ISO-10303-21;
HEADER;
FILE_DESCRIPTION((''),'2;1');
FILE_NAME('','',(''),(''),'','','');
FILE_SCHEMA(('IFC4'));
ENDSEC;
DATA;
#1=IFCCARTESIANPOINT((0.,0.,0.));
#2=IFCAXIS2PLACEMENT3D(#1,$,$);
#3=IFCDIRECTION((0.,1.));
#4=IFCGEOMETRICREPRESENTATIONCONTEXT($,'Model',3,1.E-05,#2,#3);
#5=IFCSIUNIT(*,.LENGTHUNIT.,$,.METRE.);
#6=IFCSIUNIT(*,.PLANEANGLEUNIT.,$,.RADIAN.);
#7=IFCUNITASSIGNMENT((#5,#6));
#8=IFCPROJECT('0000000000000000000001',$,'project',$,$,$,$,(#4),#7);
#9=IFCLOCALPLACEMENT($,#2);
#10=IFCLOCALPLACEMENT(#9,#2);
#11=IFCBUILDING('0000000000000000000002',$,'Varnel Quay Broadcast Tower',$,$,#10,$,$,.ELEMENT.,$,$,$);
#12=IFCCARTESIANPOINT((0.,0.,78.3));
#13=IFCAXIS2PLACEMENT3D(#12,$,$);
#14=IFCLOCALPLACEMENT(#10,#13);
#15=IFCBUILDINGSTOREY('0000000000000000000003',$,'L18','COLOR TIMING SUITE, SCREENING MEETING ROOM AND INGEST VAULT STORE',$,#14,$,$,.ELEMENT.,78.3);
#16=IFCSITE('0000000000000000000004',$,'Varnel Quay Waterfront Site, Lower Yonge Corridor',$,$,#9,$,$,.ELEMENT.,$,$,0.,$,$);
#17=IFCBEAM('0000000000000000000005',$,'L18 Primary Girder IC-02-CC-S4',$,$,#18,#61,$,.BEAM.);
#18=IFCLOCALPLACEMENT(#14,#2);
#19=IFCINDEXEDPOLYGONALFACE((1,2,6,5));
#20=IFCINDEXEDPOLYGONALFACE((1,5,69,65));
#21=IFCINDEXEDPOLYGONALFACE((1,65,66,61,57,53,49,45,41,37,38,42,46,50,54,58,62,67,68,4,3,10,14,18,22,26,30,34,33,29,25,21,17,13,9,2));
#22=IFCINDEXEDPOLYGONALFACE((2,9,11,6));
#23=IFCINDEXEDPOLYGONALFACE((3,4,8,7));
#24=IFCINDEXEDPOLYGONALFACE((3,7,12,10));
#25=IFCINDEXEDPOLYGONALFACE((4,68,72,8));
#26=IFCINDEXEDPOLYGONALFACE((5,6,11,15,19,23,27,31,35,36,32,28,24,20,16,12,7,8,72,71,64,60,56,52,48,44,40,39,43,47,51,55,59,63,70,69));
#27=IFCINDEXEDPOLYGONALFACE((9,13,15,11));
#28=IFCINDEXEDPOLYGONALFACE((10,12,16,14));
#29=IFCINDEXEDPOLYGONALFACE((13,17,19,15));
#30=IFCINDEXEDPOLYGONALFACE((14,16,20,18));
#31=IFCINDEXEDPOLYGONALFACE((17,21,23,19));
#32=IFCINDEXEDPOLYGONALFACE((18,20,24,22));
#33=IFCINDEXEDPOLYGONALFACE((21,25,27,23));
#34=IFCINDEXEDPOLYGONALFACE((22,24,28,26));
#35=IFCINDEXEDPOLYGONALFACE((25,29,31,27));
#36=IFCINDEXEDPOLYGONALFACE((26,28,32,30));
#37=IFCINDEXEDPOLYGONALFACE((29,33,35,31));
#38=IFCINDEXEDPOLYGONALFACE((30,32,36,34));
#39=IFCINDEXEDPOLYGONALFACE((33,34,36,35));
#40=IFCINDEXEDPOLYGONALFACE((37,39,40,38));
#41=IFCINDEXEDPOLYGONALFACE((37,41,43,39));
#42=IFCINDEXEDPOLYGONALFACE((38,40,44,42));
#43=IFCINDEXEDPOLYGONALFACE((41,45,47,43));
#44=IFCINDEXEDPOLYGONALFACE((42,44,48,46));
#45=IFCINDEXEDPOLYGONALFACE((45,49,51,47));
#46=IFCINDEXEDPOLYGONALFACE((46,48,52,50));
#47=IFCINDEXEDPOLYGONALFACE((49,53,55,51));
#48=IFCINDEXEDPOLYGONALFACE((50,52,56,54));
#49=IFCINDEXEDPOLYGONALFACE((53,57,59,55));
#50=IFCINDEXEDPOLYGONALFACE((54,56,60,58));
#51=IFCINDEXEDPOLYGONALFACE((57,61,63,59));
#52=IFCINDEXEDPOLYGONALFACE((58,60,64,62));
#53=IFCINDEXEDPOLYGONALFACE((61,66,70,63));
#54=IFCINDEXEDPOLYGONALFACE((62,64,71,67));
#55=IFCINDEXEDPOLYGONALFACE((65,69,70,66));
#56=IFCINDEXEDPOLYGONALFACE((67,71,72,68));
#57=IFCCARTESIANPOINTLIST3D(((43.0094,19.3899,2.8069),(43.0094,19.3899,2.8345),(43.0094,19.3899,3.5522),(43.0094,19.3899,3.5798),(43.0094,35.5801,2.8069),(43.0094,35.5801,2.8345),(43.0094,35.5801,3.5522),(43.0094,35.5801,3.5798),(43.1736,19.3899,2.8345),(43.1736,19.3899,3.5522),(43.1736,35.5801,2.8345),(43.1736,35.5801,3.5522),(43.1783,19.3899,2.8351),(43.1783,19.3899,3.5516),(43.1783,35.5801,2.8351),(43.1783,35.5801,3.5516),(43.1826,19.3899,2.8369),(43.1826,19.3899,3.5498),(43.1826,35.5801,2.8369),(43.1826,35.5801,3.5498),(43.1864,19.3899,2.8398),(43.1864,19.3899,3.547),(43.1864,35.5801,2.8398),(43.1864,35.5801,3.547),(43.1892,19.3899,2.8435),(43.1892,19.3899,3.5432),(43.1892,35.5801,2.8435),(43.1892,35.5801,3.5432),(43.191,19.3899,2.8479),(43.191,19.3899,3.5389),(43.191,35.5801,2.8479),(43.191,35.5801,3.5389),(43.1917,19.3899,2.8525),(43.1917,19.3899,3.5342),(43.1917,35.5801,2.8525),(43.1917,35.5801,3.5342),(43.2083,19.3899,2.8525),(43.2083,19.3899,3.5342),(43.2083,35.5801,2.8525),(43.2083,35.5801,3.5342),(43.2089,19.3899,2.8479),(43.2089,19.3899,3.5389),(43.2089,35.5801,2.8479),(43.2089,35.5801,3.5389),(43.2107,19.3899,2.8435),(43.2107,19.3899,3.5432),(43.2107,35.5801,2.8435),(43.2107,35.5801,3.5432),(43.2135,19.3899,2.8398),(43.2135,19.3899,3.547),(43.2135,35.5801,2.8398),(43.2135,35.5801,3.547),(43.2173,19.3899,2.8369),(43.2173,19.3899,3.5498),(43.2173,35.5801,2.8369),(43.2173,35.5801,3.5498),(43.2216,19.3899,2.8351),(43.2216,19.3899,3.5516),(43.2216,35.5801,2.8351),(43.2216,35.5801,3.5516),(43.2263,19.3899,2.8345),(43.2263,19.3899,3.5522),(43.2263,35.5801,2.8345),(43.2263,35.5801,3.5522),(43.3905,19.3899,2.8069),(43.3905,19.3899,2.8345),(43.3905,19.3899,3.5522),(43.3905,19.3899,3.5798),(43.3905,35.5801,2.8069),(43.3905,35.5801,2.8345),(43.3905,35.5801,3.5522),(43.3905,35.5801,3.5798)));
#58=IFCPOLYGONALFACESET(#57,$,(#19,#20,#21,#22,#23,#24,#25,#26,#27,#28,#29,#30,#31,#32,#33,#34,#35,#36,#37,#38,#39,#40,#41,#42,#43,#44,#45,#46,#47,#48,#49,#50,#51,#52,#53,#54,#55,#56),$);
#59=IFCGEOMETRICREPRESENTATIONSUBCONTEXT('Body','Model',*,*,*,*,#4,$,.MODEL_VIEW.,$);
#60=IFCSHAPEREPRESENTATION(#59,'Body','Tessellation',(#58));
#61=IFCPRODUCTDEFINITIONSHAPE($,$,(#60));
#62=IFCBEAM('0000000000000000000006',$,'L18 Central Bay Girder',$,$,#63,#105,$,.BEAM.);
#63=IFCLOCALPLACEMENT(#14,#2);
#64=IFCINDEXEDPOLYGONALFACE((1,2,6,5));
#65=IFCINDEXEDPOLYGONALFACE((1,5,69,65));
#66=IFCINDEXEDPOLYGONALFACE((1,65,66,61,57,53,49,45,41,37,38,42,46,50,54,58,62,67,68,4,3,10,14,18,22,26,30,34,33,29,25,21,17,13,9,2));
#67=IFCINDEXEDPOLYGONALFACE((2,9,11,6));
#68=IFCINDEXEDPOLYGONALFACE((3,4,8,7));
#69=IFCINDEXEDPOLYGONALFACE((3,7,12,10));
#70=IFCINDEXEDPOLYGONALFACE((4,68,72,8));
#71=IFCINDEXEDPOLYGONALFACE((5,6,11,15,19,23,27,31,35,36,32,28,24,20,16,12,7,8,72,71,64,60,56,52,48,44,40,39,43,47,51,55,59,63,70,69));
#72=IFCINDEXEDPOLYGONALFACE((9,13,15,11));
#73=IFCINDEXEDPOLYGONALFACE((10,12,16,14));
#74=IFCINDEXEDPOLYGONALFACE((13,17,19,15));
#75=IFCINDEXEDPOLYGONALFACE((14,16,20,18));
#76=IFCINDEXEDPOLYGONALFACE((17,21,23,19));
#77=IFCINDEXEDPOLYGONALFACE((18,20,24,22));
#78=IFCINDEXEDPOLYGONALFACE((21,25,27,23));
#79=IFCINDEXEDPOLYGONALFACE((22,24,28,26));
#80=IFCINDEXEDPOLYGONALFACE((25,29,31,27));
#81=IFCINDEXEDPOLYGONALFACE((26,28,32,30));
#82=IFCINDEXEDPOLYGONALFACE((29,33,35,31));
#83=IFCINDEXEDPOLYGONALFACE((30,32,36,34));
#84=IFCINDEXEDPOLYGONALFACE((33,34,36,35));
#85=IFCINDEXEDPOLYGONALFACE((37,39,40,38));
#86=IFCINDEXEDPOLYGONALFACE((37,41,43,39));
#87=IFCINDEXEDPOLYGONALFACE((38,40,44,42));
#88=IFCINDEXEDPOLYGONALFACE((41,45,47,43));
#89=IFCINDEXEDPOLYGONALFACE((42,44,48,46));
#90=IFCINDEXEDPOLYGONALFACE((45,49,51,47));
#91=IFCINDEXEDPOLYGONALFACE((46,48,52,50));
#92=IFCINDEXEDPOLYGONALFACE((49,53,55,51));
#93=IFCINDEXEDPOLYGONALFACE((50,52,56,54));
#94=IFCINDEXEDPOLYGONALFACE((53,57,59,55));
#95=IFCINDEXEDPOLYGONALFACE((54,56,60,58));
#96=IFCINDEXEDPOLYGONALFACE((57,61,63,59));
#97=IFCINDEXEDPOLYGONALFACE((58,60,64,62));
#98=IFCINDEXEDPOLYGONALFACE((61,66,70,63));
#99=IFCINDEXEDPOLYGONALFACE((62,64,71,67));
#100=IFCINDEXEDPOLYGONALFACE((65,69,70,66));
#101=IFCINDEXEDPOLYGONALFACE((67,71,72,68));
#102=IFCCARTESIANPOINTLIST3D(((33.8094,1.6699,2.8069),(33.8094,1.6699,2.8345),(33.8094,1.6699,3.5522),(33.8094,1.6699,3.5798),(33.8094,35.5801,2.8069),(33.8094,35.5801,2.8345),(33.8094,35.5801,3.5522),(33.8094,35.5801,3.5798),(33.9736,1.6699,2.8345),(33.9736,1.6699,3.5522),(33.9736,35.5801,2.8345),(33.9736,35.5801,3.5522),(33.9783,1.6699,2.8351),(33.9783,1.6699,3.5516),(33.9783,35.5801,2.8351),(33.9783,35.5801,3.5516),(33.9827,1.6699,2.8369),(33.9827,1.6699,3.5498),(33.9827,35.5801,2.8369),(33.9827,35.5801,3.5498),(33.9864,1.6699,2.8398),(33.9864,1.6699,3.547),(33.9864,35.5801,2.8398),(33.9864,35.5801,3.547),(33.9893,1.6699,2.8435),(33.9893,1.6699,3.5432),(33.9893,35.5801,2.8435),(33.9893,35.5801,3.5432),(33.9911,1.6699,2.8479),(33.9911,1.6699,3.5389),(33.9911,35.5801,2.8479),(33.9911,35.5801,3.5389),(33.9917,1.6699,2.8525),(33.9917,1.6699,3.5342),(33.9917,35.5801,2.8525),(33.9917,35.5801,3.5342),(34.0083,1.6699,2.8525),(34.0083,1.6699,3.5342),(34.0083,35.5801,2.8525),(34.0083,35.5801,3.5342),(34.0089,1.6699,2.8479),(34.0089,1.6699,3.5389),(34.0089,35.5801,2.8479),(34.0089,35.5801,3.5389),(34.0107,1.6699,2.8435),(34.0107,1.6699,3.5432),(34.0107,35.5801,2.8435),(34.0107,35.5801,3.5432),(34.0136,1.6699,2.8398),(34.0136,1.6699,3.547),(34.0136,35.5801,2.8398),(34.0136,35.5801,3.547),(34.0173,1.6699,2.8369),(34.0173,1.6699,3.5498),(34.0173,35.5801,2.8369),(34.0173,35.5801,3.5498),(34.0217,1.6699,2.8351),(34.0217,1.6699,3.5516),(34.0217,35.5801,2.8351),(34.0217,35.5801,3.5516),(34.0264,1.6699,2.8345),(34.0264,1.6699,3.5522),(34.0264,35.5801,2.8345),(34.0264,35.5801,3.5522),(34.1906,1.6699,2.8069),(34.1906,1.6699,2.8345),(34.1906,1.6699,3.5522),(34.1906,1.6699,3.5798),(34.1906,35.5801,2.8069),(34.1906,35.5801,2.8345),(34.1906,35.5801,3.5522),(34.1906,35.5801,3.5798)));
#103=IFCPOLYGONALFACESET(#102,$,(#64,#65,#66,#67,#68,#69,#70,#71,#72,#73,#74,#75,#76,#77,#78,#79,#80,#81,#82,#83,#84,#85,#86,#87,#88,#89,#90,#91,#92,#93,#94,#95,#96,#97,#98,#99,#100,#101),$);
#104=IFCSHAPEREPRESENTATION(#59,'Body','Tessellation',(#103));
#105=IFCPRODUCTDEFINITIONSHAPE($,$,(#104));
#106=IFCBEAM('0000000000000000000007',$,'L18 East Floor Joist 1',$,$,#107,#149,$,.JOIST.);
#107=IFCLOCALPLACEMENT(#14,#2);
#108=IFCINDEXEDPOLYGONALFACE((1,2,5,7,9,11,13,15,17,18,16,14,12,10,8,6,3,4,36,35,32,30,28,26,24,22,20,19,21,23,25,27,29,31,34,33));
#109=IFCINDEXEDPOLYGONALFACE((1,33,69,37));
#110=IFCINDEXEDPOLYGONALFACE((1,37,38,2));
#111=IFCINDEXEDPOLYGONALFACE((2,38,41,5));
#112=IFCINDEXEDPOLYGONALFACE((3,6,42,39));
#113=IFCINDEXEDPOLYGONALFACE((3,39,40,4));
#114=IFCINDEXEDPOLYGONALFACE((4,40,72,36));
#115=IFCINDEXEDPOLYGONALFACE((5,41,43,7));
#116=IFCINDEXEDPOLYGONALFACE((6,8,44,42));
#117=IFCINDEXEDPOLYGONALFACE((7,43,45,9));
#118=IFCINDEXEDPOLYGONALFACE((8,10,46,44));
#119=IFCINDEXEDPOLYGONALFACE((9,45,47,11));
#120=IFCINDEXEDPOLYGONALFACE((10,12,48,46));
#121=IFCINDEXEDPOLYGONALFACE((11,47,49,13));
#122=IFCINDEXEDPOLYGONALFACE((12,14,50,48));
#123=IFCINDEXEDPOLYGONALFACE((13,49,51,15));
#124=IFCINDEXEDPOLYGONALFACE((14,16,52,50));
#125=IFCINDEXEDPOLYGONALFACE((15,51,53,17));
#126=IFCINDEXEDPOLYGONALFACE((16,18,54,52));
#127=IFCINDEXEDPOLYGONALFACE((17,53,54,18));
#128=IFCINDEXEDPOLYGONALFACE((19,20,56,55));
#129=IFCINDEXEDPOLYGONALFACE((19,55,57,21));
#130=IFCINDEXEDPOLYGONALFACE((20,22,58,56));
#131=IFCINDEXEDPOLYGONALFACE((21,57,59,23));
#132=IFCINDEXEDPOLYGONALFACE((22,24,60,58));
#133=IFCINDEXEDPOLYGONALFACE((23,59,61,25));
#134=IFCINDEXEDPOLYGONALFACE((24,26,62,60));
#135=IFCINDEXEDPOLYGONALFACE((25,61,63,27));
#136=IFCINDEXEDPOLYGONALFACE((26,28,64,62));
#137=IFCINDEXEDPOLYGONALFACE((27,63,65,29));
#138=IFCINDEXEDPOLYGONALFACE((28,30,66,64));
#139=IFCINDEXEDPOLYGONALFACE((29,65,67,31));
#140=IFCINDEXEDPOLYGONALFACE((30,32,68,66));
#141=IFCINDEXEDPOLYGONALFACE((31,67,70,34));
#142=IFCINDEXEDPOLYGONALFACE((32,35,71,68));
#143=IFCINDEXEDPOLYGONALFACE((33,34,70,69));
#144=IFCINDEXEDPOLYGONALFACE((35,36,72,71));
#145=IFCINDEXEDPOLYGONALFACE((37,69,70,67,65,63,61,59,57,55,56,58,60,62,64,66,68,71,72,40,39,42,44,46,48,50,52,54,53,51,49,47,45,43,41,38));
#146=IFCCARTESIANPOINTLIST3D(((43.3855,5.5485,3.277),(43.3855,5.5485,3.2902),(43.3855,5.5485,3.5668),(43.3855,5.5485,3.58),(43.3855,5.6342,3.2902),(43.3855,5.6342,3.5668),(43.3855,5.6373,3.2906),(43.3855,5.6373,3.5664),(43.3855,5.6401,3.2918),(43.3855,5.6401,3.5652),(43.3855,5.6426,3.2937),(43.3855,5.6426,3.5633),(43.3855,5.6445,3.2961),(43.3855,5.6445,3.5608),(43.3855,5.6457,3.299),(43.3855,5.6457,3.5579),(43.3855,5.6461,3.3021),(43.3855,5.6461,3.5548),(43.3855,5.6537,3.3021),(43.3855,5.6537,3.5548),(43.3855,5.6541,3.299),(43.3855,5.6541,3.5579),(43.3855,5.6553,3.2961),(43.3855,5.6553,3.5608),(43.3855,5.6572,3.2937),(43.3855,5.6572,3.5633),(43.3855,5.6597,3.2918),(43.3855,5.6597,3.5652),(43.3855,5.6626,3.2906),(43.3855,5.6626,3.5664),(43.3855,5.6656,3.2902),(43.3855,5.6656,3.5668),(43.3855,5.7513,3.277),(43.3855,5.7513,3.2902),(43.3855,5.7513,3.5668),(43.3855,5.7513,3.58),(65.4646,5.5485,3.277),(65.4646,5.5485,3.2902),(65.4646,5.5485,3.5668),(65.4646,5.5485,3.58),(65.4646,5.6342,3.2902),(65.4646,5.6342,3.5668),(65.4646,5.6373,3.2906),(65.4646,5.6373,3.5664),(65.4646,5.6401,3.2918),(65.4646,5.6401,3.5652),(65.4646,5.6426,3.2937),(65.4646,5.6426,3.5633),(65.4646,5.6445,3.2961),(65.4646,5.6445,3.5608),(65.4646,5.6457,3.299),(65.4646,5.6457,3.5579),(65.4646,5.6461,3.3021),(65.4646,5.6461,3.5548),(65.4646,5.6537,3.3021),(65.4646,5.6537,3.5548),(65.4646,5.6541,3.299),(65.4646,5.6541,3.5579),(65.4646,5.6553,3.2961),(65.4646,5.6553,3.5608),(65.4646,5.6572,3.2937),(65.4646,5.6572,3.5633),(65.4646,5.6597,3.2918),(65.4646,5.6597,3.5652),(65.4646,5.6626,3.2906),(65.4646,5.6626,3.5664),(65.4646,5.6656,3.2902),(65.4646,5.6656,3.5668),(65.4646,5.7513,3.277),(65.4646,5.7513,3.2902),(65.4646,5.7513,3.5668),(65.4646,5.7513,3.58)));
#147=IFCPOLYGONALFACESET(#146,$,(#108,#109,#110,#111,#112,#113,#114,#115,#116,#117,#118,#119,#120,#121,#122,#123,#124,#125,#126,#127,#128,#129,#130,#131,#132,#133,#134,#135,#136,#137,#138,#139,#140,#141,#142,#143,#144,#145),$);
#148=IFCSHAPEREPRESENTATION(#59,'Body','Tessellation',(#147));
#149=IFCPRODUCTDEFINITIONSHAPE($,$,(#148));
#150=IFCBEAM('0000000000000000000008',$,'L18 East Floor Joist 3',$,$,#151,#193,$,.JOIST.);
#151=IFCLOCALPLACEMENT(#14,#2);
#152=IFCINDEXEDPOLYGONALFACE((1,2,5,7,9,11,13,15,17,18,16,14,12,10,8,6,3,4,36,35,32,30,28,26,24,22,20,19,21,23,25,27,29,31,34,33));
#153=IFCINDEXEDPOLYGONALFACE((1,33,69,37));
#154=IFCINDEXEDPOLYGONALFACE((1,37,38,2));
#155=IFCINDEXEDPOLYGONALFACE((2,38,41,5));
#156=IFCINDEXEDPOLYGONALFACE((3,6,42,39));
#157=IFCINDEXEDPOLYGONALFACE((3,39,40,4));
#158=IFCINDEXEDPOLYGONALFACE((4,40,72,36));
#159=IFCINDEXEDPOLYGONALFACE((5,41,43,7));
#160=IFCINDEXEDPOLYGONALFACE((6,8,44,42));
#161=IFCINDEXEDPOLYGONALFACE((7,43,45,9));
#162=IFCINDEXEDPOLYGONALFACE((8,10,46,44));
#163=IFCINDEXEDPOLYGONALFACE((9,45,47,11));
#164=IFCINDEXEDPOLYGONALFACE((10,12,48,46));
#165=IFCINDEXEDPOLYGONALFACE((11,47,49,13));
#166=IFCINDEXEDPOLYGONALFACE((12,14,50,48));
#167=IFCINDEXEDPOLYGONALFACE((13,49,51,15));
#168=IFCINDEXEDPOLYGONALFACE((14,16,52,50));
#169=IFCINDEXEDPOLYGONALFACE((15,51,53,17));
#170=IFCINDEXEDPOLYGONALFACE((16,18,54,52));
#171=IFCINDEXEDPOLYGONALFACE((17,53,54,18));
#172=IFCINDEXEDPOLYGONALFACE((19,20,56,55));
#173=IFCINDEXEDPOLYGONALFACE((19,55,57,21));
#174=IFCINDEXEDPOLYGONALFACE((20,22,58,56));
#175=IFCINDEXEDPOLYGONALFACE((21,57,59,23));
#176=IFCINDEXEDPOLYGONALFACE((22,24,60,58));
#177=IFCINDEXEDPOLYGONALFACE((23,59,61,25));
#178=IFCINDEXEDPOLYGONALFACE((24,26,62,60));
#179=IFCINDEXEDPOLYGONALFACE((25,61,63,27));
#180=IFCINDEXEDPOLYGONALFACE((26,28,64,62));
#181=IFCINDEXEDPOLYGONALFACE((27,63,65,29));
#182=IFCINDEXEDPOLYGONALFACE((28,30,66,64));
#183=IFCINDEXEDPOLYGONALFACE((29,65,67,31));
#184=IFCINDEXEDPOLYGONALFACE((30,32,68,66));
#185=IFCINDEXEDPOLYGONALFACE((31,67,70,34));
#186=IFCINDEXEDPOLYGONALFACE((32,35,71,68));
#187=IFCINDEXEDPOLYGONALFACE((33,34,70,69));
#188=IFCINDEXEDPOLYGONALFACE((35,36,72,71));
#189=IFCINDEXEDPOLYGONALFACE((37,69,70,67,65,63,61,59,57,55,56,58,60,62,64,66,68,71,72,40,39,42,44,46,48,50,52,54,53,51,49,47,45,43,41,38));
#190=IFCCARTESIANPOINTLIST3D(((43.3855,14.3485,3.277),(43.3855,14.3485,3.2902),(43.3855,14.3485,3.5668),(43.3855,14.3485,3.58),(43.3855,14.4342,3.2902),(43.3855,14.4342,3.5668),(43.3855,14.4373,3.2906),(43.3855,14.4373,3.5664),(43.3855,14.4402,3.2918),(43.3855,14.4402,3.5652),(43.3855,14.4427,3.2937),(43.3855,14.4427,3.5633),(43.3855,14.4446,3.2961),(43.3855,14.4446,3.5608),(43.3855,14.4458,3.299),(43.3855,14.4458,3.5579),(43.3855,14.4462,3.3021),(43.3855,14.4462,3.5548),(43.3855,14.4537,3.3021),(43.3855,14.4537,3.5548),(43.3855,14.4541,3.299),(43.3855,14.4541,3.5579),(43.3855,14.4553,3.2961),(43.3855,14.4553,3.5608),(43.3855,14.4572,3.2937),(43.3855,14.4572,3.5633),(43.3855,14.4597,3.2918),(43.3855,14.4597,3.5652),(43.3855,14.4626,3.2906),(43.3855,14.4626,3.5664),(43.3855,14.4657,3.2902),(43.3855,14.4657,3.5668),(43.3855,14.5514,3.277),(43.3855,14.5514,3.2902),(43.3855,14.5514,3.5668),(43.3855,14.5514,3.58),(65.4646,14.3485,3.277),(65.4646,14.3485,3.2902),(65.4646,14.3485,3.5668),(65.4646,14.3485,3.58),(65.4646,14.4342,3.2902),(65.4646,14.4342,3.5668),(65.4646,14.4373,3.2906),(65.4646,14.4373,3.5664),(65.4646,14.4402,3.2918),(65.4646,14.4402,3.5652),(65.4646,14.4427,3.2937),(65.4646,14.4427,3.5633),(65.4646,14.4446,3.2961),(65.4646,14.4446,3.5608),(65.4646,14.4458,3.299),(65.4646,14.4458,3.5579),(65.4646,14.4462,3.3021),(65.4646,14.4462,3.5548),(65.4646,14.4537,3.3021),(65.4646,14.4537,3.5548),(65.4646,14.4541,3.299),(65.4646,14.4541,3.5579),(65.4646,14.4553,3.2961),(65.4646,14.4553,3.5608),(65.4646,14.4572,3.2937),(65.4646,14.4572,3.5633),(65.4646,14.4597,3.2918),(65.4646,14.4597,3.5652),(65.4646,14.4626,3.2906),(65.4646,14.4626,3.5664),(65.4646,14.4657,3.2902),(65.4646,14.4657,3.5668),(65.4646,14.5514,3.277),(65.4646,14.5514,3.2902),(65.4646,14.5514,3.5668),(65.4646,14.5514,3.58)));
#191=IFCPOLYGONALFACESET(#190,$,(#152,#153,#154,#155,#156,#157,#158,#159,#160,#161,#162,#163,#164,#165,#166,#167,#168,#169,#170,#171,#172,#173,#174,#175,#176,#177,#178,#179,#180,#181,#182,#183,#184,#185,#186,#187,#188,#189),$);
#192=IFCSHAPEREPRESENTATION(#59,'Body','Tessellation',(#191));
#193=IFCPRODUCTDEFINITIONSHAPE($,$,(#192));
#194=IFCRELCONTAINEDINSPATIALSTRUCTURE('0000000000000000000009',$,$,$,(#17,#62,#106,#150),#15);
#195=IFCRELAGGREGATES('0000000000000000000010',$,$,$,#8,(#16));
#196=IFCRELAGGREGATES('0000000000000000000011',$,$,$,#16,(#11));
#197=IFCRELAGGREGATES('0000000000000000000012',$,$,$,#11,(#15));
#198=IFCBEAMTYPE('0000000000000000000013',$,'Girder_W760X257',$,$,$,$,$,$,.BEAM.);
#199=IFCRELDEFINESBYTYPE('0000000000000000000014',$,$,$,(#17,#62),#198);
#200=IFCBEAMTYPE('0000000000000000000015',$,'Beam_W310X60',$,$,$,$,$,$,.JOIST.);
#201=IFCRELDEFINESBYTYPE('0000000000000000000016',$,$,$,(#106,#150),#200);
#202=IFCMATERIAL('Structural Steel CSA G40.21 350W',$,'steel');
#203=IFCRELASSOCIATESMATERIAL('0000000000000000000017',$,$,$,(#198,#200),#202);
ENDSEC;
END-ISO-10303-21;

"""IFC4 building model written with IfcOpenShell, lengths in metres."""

from ifc_helpers import new_model, si_unit, direction, frame, origin, origin_2d, place, context, subcontext, project, spatial, i_section, extrude, source, transform, mapped, material, material_profile, profile_set, type_object, type_shapes, element, save


model = new_model("IFC4")

# Units and contexts
model_context = context("Model", 3, precision=1e-05, world=origin(), true_north=direction((0.0, 1.0)))
body_context = subcontext(model_context, "Body", "Model", "MODEL_VIEW")
ifc_project = project(units=[si_unit("LENGTHUNIT", "METRE"), si_unit("PLANEANGLEUNIT", "RADIAN")], contexts=[model_context])

# Site, building, storey
site_placement = place(None, origin())
site = spatial("IfcSite", under=ifc_project, at=site_placement, Name="Varnel Quay Waterfront Site, Lower Yonge Corridor", CompositionType="ELEMENT", RefElevation=0.0)
building_placement = place(site_placement, origin())
building = spatial("IfcBuilding", under=site, at=building_placement, Name="Varnel Quay Broadcast Tower", CompositionType="ELEMENT")
storey_placement = place(building_placement, frame((0.0, 0.0, 78.3)))
storey = spatial("IfcBuildingStorey", under=building, at=storey_placement, Name="L18", Description="COLOR TIMING SUITE, SCREENING MEETING ROOM AND INGEST VAULT STORE", CompositionType="ELEMENT", Elevation=78.3)

# Shared definitions
ifc_material_1 = material(Name="Structural Steel CSA G40.21 350W", Category="steel")

# Beams
ifc_material_profile_1 = material_profile(ifc_material_1, i_section(OverallWidth=0.3811, OverallDepth=0.7729, WebThickness=0.0166, FlangeThickness=0.0276, FilletRadius=0.0181, at=origin_2d()), Name="W760X257")
ifc_profile_set_1 = profile_set([ifc_material_profile_1], Name="Structural Steel CSA G40.21 350W")
beam_type_1 = type_object("IfcBeamType", Name="Girder_W760X257", PredefinedType="BEAM", material=ifc_profile_set_1)
shared_shape_1 = source(origin(), body_context, "Body", "SweptSolid", [
    extrude(i_section(OverallWidth=0.3811, OverallDepth=0.7729, WebThickness=0.0166, FlangeThickness=0.0276, FilletRadius=0.0181, at=origin_2d()), origin(), (0.0, 0.0, 1.0), 16.1902),
])
beam_1_placement = place(storey_placement, frame((43.2, 19.3899, 3.1934), z_axis=(0.0, 1.0, 0.0), x_axis=(-1.0, 0.0, 0.0)))
element("IfcBeam", 1, at=beam_1_placement, inside=storey, type_object=beam_type_1, Name="L18 Primary Girder IC-02-CC-S4", PredefinedType="BEAM", context=body_context, shape_type="MappedRepresentation", body=[
    mapped(shared_shape_1, transform((0.0, 0.0, 0.0), x_axis=(1.0, 0.0, 0.0), y_axis=(0.0, 1.0, 0.0), z_axis=(0.0, 0.0, 1.0), scale=1.0)),
])
shared_shape_2 = source(origin(), body_context, "Body", "SweptSolid", [
    extrude(i_section(OverallWidth=0.3811, OverallDepth=0.7729, WebThickness=0.0166, FlangeThickness=0.0276, FilletRadius=0.0181, at=origin_2d()), origin(), (0.0, 0.0, 1.0), 33.9102),
])
beam_2_placement = place(storey_placement, frame((34.0, 1.6699, 3.1934), z_axis=(0.0, 1.0, 0.0), x_axis=(-1.0, 0.0, 0.0)))
element("IfcBeam", 2, at=beam_2_placement, inside=storey, type_object=beam_type_1, Name="L18 Central Bay Girder", PredefinedType="BEAM", context=body_context, shape_type="MappedRepresentation", body=[
    mapped(shared_shape_2, transform((0.0, 0.0, 0.0), x_axis=(1.0, 0.0, 0.0), y_axis=(0.0, 1.0, 0.0), z_axis=(0.0, 0.0, 1.0), scale=1.0)),
])
ifc_material_profile_2 = material_profile(ifc_material_1, i_section(OverallWidth=0.2029, OverallDepth=0.303, WebThickness=0.0076, FlangeThickness=0.0132, FilletRadius=0.012, at=origin_2d()), Name="W310X60")
ifc_profile_set_2 = profile_set([ifc_material_profile_2], Name="Structural Steel CSA G40.21 350W")
beam_type_2 = type_object("IfcBeamType", Name="Beam_W310X60", PredefinedType="JOIST", material=ifc_profile_set_2)
shared_shape_3 = source(origin(), body_context, "Body", "SweptSolid", [
    extrude(i_section(OverallWidth=0.2029, OverallDepth=0.303, WebThickness=0.0076, FlangeThickness=0.0132, FilletRadius=0.012, at=origin_2d()), origin(), (0.0, 0.0, 1.0), 22.0791),
])
type_shapes(beam_type_2, [shared_shape_3])
for number, where, z_axis, x_axis, name in (
    (3, (43.3855, 5.6499, 3.4285), (1.0, 0.0, 0.0), (0.0, 1.0, 0.0), "L18 East Floor Joist 1"),
    (4, (43.3855, 14.45, 3.4285), (1.0, 0.0, 0.0), (0.0, 1.0, 0.0), "L18 East Floor Joist 3"),
):
    element("IfcBeam", number, at=place(storey_placement, frame(where, z_axis=z_axis, x_axis=x_axis)), inside=storey, type_object=beam_type_2, Name=name, PredefinedType="JOIST", context=body_context, shape_type="MappedRepresentation", body=[
        mapped(shared_shape_3, transform((0.0, 0.0, 0.0), x_axis=(1.0, 0.0, 0.0), y_axis=(0.0, 1.0, 0.0), z_axis=(0.0, 0.0, 1.0), scale=1.0)),
    ])

save(model, "model.ifc")
